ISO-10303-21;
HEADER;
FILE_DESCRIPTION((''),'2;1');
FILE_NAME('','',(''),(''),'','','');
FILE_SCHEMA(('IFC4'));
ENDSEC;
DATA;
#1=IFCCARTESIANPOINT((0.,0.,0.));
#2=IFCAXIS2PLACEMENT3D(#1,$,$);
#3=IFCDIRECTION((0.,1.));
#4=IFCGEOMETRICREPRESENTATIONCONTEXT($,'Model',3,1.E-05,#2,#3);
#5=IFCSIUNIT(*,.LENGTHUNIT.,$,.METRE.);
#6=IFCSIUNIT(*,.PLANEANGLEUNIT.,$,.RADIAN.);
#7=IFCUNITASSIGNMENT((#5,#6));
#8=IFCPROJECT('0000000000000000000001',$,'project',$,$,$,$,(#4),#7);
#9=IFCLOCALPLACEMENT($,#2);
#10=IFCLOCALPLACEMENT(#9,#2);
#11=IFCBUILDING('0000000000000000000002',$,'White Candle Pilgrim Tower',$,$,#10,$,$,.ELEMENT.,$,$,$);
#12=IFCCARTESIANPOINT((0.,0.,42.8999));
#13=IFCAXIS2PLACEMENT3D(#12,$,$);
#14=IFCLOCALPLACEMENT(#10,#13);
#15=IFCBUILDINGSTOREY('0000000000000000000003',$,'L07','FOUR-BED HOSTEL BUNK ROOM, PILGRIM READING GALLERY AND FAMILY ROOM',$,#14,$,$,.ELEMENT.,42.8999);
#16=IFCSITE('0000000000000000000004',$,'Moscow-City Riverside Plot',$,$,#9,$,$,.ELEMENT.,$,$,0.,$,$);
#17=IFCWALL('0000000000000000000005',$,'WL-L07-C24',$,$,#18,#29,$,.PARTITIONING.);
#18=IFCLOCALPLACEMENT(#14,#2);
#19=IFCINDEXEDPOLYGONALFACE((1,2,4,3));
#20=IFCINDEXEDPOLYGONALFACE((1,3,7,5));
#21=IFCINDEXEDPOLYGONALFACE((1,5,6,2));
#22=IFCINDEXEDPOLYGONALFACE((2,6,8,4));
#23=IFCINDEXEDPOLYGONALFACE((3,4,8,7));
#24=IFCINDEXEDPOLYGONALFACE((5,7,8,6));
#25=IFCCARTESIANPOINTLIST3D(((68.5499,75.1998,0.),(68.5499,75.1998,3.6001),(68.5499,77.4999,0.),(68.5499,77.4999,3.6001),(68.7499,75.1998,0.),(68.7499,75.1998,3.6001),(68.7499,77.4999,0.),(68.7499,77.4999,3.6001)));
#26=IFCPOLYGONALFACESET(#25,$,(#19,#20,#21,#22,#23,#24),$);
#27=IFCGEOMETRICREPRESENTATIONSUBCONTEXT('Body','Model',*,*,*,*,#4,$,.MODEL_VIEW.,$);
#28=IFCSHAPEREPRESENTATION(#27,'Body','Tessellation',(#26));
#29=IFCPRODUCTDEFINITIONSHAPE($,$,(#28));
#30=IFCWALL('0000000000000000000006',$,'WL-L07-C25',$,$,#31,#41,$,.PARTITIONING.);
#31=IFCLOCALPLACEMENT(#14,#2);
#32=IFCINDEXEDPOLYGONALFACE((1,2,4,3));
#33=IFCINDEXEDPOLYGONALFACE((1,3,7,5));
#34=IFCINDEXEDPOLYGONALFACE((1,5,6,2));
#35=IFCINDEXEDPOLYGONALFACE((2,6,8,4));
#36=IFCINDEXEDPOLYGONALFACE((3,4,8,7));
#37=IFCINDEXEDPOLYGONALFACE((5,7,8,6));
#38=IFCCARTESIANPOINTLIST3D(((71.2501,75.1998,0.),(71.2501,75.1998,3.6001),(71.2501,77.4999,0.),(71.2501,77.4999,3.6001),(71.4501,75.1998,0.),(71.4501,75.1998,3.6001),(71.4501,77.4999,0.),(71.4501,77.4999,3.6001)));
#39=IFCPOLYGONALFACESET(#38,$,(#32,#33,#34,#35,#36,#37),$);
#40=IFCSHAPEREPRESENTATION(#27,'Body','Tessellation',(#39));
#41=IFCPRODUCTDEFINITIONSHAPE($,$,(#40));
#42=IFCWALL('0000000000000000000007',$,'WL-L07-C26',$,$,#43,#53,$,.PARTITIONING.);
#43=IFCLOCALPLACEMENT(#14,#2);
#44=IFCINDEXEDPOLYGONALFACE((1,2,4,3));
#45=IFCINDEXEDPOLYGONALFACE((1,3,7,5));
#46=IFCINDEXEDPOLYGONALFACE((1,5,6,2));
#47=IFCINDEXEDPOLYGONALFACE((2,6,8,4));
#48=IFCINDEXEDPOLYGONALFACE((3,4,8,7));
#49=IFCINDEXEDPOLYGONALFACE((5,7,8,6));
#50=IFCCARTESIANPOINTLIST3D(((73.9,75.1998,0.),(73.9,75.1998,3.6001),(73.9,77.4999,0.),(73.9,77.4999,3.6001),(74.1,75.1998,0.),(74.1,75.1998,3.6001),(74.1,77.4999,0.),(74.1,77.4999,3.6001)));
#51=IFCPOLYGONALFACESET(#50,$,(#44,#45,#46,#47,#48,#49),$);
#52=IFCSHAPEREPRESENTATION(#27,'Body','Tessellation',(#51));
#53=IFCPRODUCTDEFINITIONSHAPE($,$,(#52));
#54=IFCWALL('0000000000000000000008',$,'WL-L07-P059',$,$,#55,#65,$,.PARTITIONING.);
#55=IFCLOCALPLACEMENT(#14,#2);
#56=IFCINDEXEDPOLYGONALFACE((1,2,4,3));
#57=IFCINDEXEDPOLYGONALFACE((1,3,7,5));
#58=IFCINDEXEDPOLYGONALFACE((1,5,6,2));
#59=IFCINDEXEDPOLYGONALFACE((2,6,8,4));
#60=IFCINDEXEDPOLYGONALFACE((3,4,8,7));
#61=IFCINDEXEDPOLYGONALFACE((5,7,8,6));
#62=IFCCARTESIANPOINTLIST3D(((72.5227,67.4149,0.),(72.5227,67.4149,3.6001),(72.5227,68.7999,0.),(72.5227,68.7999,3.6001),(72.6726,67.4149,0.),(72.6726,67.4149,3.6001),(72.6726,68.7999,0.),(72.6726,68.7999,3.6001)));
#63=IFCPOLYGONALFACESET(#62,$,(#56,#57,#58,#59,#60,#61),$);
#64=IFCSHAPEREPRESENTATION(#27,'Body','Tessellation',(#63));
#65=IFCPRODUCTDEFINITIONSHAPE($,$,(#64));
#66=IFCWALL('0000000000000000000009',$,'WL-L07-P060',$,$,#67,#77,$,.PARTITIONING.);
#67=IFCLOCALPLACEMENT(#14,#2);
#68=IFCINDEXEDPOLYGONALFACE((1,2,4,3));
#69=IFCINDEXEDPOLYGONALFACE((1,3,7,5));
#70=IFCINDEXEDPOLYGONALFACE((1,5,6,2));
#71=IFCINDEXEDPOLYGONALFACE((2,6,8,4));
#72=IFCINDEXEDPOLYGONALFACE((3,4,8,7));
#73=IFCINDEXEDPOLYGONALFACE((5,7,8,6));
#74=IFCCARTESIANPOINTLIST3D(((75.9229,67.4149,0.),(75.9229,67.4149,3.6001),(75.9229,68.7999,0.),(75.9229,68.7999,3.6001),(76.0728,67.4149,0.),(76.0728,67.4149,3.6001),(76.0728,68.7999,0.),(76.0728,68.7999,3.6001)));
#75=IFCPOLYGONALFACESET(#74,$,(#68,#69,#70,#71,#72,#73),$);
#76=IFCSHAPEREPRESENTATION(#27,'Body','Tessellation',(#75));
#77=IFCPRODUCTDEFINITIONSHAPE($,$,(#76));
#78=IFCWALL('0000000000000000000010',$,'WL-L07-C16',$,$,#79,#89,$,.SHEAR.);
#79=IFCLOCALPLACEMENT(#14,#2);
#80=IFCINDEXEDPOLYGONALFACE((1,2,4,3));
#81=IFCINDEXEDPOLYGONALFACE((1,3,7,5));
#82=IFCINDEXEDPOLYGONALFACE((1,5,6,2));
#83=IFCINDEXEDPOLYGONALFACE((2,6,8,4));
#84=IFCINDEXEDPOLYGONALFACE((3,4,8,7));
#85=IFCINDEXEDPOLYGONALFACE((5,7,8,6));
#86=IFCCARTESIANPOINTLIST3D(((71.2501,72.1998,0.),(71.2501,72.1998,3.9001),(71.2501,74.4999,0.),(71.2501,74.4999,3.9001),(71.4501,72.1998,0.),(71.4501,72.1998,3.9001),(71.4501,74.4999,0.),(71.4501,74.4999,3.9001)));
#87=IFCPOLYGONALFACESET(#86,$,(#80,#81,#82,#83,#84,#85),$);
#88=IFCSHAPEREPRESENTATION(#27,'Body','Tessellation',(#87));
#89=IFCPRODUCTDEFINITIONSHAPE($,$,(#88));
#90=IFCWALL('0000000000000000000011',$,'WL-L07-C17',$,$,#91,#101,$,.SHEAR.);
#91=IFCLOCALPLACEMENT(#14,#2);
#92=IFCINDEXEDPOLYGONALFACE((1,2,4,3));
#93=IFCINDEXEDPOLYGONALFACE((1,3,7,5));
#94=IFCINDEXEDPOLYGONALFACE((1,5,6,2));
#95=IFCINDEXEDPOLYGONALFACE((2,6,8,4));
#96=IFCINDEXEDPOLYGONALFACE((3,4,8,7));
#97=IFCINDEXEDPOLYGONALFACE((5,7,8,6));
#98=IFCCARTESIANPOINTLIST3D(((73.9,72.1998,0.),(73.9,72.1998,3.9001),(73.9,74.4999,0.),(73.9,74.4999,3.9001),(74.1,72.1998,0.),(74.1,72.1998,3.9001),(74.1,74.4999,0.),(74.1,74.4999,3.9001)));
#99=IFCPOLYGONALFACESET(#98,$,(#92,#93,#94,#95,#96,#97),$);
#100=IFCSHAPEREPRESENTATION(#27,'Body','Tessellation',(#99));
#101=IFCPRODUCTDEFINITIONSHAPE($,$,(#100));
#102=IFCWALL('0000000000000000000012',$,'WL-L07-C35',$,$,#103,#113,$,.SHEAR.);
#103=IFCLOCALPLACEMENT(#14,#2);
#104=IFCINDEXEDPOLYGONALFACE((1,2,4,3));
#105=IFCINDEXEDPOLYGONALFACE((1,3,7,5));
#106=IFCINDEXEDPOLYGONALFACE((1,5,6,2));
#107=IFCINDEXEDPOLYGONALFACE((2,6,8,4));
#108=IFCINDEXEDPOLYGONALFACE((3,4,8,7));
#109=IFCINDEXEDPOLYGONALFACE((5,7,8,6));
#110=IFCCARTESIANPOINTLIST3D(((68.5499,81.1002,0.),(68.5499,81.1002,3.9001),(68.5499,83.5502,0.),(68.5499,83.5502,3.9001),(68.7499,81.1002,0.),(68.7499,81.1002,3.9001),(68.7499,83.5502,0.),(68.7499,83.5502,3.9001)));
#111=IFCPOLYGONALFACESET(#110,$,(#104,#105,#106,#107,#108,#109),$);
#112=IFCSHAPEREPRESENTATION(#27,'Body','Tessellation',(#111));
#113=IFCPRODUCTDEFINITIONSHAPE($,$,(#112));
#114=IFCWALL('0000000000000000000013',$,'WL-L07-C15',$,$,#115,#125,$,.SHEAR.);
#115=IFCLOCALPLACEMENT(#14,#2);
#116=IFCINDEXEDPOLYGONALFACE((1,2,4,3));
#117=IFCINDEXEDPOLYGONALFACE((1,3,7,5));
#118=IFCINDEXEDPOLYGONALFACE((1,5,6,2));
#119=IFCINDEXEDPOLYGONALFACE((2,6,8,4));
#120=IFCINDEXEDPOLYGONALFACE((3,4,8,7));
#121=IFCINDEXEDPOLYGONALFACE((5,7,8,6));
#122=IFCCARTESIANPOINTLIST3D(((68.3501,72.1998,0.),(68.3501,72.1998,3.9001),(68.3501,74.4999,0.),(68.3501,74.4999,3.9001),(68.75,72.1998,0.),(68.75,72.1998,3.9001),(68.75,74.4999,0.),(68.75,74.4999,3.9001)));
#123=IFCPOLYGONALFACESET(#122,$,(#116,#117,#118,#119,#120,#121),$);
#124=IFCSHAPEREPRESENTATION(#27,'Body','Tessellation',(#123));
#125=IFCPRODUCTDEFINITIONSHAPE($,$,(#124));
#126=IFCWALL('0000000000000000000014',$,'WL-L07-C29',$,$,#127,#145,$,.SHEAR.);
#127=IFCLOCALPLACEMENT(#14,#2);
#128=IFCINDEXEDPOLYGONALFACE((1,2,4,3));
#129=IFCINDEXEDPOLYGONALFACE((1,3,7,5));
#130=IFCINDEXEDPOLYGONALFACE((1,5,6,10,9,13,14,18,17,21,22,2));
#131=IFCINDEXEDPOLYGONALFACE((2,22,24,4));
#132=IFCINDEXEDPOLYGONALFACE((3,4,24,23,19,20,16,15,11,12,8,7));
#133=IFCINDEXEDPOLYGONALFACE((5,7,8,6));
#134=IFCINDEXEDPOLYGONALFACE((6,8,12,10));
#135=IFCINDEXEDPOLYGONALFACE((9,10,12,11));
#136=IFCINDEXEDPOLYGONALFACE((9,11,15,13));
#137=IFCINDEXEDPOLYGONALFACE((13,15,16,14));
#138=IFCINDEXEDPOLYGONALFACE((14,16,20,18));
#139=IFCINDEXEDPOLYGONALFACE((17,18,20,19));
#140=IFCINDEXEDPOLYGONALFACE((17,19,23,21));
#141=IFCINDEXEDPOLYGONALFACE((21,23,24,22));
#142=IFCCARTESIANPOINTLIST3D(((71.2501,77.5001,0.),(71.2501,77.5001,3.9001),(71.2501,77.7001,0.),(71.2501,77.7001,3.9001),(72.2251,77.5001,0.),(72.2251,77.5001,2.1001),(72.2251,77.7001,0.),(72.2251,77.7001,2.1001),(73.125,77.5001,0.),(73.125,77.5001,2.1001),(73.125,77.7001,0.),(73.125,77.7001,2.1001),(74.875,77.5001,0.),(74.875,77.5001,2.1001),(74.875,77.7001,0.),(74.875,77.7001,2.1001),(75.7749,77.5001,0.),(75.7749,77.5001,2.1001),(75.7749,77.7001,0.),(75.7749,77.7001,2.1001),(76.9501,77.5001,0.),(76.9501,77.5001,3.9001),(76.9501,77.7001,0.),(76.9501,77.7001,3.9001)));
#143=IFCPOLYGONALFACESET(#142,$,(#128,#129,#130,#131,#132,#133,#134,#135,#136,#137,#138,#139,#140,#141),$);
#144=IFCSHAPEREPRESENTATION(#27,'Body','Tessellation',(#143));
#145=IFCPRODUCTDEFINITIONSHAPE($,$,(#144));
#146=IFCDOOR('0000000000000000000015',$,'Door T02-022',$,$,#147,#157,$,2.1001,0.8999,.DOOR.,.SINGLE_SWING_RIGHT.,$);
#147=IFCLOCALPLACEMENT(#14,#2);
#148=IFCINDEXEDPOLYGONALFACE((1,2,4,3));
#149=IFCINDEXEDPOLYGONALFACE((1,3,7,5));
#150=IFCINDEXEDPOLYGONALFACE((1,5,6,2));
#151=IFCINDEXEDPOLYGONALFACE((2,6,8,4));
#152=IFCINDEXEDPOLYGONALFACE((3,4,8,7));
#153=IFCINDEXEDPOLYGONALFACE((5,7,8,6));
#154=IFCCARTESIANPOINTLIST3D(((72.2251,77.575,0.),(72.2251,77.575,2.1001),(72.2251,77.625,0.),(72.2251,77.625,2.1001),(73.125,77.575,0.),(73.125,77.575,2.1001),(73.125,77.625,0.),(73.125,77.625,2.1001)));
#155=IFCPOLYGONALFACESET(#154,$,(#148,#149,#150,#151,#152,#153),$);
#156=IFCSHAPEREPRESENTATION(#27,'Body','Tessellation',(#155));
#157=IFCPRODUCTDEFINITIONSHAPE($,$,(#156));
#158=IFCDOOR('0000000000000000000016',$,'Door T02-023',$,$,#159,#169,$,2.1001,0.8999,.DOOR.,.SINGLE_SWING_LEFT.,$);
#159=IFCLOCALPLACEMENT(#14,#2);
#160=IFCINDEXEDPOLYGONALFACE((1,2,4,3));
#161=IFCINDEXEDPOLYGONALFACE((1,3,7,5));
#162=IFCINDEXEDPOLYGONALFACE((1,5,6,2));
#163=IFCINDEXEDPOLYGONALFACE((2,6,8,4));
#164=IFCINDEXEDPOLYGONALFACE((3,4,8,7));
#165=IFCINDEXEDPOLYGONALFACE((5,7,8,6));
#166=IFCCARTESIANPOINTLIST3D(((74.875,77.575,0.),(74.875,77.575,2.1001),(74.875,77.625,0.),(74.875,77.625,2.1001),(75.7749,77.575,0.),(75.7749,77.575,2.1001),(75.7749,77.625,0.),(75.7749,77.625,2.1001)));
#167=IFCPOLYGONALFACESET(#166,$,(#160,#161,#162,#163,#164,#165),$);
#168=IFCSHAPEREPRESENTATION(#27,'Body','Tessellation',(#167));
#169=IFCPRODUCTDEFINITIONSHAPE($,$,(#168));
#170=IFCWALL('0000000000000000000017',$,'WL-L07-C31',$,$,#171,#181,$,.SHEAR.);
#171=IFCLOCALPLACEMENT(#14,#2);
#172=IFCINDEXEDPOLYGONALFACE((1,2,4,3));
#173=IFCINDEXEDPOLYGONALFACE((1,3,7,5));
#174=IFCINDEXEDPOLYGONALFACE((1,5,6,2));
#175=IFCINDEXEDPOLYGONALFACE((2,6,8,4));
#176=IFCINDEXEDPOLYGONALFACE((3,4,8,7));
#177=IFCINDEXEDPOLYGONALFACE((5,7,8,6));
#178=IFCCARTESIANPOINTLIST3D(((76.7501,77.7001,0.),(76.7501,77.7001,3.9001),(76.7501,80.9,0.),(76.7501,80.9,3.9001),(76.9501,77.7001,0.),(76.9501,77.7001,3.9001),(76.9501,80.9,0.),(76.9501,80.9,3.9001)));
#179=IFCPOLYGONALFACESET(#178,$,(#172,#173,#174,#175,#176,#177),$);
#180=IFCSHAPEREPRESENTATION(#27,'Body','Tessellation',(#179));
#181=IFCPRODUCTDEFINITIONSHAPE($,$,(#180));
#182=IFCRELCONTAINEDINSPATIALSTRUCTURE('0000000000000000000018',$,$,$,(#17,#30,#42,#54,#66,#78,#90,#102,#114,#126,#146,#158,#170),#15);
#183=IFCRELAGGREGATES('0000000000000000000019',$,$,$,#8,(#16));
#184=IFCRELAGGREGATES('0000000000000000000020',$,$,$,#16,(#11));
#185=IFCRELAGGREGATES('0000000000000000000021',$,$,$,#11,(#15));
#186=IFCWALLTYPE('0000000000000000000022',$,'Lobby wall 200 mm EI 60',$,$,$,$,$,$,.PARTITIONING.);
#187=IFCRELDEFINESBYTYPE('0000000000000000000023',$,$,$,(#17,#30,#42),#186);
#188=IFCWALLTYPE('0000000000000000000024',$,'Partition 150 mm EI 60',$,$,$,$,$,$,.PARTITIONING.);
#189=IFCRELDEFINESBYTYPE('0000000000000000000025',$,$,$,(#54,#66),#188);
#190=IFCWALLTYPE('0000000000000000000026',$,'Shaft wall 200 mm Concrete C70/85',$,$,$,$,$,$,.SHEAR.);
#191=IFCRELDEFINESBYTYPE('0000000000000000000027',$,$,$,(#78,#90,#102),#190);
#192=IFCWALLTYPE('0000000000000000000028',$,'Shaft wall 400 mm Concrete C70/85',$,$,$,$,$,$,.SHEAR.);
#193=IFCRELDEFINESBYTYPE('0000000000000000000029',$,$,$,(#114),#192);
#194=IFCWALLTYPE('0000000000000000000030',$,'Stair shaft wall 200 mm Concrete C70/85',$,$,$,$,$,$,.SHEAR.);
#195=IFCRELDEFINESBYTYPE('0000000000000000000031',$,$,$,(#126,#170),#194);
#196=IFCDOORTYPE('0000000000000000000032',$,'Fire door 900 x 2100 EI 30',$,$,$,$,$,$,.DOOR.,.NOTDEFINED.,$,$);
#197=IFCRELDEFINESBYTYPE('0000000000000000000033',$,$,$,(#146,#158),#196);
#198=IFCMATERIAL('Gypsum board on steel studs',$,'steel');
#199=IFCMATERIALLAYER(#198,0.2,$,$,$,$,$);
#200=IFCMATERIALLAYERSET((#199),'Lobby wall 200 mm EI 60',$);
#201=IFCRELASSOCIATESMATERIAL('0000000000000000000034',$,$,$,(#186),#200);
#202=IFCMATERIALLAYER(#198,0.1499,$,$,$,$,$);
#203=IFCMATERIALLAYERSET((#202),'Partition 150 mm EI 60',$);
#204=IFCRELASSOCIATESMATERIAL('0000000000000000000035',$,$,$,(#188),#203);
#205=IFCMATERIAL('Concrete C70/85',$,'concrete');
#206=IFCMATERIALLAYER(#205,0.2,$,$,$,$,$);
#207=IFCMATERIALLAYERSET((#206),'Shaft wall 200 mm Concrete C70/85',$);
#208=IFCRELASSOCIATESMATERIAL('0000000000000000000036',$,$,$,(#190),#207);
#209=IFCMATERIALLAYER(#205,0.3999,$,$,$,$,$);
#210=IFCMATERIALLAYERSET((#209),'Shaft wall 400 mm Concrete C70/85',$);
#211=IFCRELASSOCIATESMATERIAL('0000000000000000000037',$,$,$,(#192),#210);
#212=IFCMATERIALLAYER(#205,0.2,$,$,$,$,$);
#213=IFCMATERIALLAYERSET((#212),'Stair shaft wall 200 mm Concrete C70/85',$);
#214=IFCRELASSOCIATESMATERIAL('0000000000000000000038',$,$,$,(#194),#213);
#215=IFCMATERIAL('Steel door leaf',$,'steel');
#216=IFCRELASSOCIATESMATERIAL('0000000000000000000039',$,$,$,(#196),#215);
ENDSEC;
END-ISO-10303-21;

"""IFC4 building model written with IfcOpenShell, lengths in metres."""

from ifc_helpers import new_model, si_unit, direction, frame, frame_2d, origin, place, context, subcontext, project, spatial, rectangle, extrude, material, layer, layer_set, type_object, element, fill, save


model = new_model("IFC4")

# Units and contexts
model_context = context("Model", 3, precision=1e-05, world=origin(), true_north=direction((0.0, 1.0)))
body_context = subcontext(model_context, "Body", "Model", "MODEL_VIEW")
ifc_project = project(units=[si_unit("LENGTHUNIT", "METRE"), si_unit("PLANEANGLEUNIT", "RADIAN")], contexts=[model_context])

# Site, building, storey
site_placement = place(None, origin())
site = spatial("IfcSite", under=ifc_project, at=site_placement, Name="Moscow-City Riverside Plot", CompositionType="ELEMENT", RefElevation=0.0)
building_placement = place(site_placement, origin())
building = spatial("IfcBuilding", under=site, at=building_placement, Name="White Candle Pilgrim Tower", CompositionType="ELEMENT")
storey_placement = place(building_placement, frame((0.0, 0.0, 42.8999)))
storey = spatial("IfcBuildingStorey", under=building, at=storey_placement, Name="L07", Description="FOUR-BED HOSTEL BUNK ROOM, PILGRIM READING GALLERY AND FAMILY ROOM", CompositionType="ELEMENT", Elevation=42.8999)

# Walls
ifc_material_1 = material(Name="Gypsum board on steel studs", Category="steel")
ifc_layer_1 = layer(ifc_material_1, 0.2)
ifc_layer_set_1 = layer_set([ifc_layer_1], Name="Lobby wall 200 mm EI 60")
wall_type_1 = type_object("IfcWallType", Name="Lobby wall 200 mm EI 60", PredefinedType="PARTITIONING", material=ifc_layer_set_1)
for number, where, z_axis, x_axis, name in (
    (1, (68.6499, 75.2, 0.0), (0.0, 0.0, 1.0), (0.0, 1.0, 0.0), "WL-L07-C24"),
    (2, (71.3501, 75.2, 0.0), (0.0, 0.0, 1.0), (0.0, 1.0, 0.0), "WL-L07-C25"),
    (3, (74.0, 75.2, 0.0), (0.0, 0.0, 1.0), (0.0, 1.0, 0.0), "WL-L07-C26"),
):
    element("IfcWall", number, at=place(storey_placement, frame(where, z_axis=z_axis, x_axis=x_axis)), inside=storey, type_object=wall_type_1, Name=name, PredefinedType="PARTITIONING", context=body_context, shape_type="SweptSolid", body=[
        extrude(rectangle(XDim=2.3, YDim=0.2, at=frame_2d((1.1499, 0.0))), origin(), (0.0, 0.0, 1.0), 3.6001),
    ])
ifc_layer_2 = layer(ifc_material_1, 0.1499)
ifc_layer_set_2 = layer_set([ifc_layer_2], Name="Partition 150 mm EI 60")
wall_type_2 = type_object("IfcWallType", Name="Partition 150 mm EI 60", PredefinedType="PARTITIONING", material=ifc_layer_set_2)
for number, where, z_axis, x_axis, name in (
    (4, (72.5977, 67.415, 0.0), (0.0, 0.0, 1.0), (0.0, 1.0, 0.0), "WL-L07-P059"),
    (5, (75.9978, 67.415, 0.0), (0.0, 0.0, 1.0), (0.0, 1.0, 0.0), "WL-L07-P060"),
):
    element("IfcWall", number, at=place(storey_placement, frame(where, z_axis=z_axis, x_axis=x_axis)), inside=storey, type_object=wall_type_2, Name=name, PredefinedType="PARTITIONING", context=body_context, shape_type="SweptSolid", body=[
        extrude(rectangle(XDim=1.385, YDim=0.1499, at=frame_2d((0.6924, 0.0))), origin(), (0.0, 0.0, 1.0), 3.6001),
    ])
ifc_material_2 = material(Name="Concrete C70/85", Category="concrete")
ifc_layer_3 = layer(ifc_material_2, 0.2)
ifc_layer_set_3 = layer_set([ifc_layer_3], Name="Shaft wall 200 mm Concrete C70/85")
wall_type_3 = type_object("IfcWallType", Name="Shaft wall 200 mm Concrete C70/85", PredefinedType="SHEAR", material=ifc_layer_set_3)
for number, where, z_axis, x_axis, name in (
    (6, (71.3501, 72.2, 0.0), (0.0, 0.0, 1.0), (0.0, 1.0, 0.0), "WL-L07-C16"),
    (7, (74.0, 72.2, 0.0), (0.0, 0.0, 1.0), (0.0, 1.0, 0.0), "WL-L07-C17"),
):
    element("IfcWall", number, at=place(storey_placement, frame(where, z_axis=z_axis, x_axis=x_axis)), inside=storey, type_object=wall_type_3, Name=name, PredefinedType="SHEAR", context=body_context, shape_type="SweptSolid", body=[
        extrude(rectangle(XDim=2.3, YDim=0.2, at=frame_2d((1.1499, 0.0))), origin(), (0.0, 0.0, 1.0), 3.9001),
    ])
wall_1_placement = place(storey_placement, frame((68.6499, 81.1001, 0.0), z_axis=(0.0, 0.0, 1.0), x_axis=(0.0, 1.0, 0.0)))
element("IfcWall", 8, at=wall_1_placement, inside=storey, type_object=wall_type_3, Name="WL-L07-C35", PredefinedType="SHEAR", context=body_context, shape_type="SweptSolid", body=[
    extrude(rectangle(XDim=2.45, YDim=0.2, at=frame_2d((1.2251, 0.0))), origin(), (0.0, 0.0, 1.0), 3.9001),
])
ifc_layer_4 = layer(ifc_material_2, 0.3999)
ifc_layer_set_4 = layer_set([ifc_layer_4], Name="Shaft wall 400 mm Concrete C70/85")
wall_type_4 = type_object("IfcWallType", Name="Shaft wall 400 mm Concrete C70/85", PredefinedType="SHEAR", material=ifc_layer_set_4)
wall_2_placement = place(storey_placement, frame((68.55, 72.2, 0.0), z_axis=(0.0, 0.0, 1.0), x_axis=(0.0, 1.0, 0.0)))
element("IfcWall", 9, at=wall_2_placement, inside=storey, type_object=wall_type_4, Name="WL-L07-C15", PredefinedType="SHEAR", context=body_context, shape_type="SweptSolid", body=[
    extrude(rectangle(XDim=2.3, YDim=0.3999, at=frame_2d((1.1499, 0.0))), origin(), (0.0, 0.0, 1.0), 3.9001),
])

# Wall, openings, doors
ifc_layer_5 = layer(ifc_material_2, 0.2)
ifc_layer_set_5 = layer_set([ifc_layer_5], Name="Stair shaft wall 200 mm Concrete C70/85")
wall_type_5 = type_object("IfcWallType", Name="Stair shaft wall 200 mm Concrete C70/85", PredefinedType="SHEAR", material=ifc_layer_set_5)
wall_3_placement = place(storey_placement, frame((71.25, 77.6001, 0.0), z_axis=(0.0, 0.0, 1.0), x_axis=(1.0, 0.0, 0.0)))
wall_3 = element("IfcWall", 10, at=wall_3_placement, inside=storey, type_object=wall_type_5, Name="WL-L07-C29", PredefinedType="SHEAR", context=body_context, shape_type="SweptSolid", body=[
    extrude(rectangle(XDim=5.7, YDim=0.2, at=frame_2d((2.8501, 0.0))), origin(), (0.0, 0.0, 1.0), 3.9001),
])
opening_1_placement = place(wall_3_placement, frame((0.9751, 0.0, 0.0)))
opening_1 = element("IfcOpeningElement", 11, at=opening_1_placement, cuts=wall_3, PredefinedType="OPENING", context=body_context, shape_type="SweptSolid", body=[
    extrude(rectangle(XDim=0.8999, YDim=2.1001, at=frame_2d((0.45, 1.05))), frame((0.0, 0.1099, 0.0), z_axis=(0.0, -1.0, 0.0), x_axis=(1.0, 0.0, 0.0)), (0.0, 0.0, 1.0), 0.22),
])
opening_2_placement = place(wall_3_placement, frame((3.625, 0.0, 0.0)))
opening_2 = element("IfcOpeningElement", 12, at=opening_2_placement, cuts=wall_3, PredefinedType="OPENING", context=body_context, shape_type="SweptSolid", body=[
    extrude(rectangle(XDim=0.8999, YDim=2.1001, at=frame_2d((0.45, 1.05))), frame((0.0, 0.1099, 0.0), z_axis=(0.0, -1.0, 0.0), x_axis=(1.0, 0.0, 0.0)), (0.0, 0.0, 1.0), 0.22),
])
ifc_material_3 = material(Name="Steel door leaf", Category="steel")
door_type = type_object("IfcDoorType", Name="Fire door 900 x 2100 EI 30", OperationType="NOTDEFINED", PredefinedType="DOOR", material=ifc_material_3)
door_1_placement = place(opening_1_placement, origin())
door_1 = element("IfcDoor", 13, at=door_1_placement, inside=storey, type_object=door_type, Name="Door T02-022", OperationType="SINGLE_SWING_RIGHT", OverallHeight=2.1001, OverallWidth=0.8999, PredefinedType="DOOR", context=body_context, shape_type="SweptSolid", body=[
    extrude(rectangle(XDim=0.8999, YDim=2.1001, at=frame_2d((0.45, 1.05))), frame((0.0, 0.0249, 0.0), z_axis=(0.0, -1.0, 0.0), x_axis=(1.0, 0.0, 0.0)), (0.0, 0.0, 1.0), 0.05),
])
fill(opening_1, door_1)
door_2_placement = place(opening_2_placement, origin())
door_2 = element("IfcDoor", 14, at=door_2_placement, inside=storey, type_object=door_type, Name="Door T02-023", OperationType="SINGLE_SWING_LEFT", OverallHeight=2.1001, OverallWidth=0.8999, PredefinedType="DOOR", context=body_context, shape_type="SweptSolid", body=[
    extrude(rectangle(XDim=0.8999, YDim=2.1001, at=frame_2d((0.45, 1.05))), frame((0.0, 0.0249, 0.0), z_axis=(0.0, -1.0, 0.0), x_axis=(1.0, 0.0, 0.0)), (0.0, 0.0, 1.0), 0.05),
])
fill(opening_2, door_2)

# Wall
wall_4_placement = place(storey_placement, frame((76.8501, 77.7, 0.0), z_axis=(0.0, 0.0, 1.0), x_axis=(0.0, 1.0, 0.0)))
element("IfcWall", 15, at=wall_4_placement, inside=storey, type_object=wall_type_5, Name="WL-L07-C31", PredefinedType="SHEAR", context=body_context, shape_type="SweptSolid", body=[
    extrude(rectangle(XDim=3.2, YDim=0.2, at=frame_2d((1.6001, 0.0))), origin(), (0.0, 0.0, 1.0), 3.9001),
])

save(model, "model.ifc")
